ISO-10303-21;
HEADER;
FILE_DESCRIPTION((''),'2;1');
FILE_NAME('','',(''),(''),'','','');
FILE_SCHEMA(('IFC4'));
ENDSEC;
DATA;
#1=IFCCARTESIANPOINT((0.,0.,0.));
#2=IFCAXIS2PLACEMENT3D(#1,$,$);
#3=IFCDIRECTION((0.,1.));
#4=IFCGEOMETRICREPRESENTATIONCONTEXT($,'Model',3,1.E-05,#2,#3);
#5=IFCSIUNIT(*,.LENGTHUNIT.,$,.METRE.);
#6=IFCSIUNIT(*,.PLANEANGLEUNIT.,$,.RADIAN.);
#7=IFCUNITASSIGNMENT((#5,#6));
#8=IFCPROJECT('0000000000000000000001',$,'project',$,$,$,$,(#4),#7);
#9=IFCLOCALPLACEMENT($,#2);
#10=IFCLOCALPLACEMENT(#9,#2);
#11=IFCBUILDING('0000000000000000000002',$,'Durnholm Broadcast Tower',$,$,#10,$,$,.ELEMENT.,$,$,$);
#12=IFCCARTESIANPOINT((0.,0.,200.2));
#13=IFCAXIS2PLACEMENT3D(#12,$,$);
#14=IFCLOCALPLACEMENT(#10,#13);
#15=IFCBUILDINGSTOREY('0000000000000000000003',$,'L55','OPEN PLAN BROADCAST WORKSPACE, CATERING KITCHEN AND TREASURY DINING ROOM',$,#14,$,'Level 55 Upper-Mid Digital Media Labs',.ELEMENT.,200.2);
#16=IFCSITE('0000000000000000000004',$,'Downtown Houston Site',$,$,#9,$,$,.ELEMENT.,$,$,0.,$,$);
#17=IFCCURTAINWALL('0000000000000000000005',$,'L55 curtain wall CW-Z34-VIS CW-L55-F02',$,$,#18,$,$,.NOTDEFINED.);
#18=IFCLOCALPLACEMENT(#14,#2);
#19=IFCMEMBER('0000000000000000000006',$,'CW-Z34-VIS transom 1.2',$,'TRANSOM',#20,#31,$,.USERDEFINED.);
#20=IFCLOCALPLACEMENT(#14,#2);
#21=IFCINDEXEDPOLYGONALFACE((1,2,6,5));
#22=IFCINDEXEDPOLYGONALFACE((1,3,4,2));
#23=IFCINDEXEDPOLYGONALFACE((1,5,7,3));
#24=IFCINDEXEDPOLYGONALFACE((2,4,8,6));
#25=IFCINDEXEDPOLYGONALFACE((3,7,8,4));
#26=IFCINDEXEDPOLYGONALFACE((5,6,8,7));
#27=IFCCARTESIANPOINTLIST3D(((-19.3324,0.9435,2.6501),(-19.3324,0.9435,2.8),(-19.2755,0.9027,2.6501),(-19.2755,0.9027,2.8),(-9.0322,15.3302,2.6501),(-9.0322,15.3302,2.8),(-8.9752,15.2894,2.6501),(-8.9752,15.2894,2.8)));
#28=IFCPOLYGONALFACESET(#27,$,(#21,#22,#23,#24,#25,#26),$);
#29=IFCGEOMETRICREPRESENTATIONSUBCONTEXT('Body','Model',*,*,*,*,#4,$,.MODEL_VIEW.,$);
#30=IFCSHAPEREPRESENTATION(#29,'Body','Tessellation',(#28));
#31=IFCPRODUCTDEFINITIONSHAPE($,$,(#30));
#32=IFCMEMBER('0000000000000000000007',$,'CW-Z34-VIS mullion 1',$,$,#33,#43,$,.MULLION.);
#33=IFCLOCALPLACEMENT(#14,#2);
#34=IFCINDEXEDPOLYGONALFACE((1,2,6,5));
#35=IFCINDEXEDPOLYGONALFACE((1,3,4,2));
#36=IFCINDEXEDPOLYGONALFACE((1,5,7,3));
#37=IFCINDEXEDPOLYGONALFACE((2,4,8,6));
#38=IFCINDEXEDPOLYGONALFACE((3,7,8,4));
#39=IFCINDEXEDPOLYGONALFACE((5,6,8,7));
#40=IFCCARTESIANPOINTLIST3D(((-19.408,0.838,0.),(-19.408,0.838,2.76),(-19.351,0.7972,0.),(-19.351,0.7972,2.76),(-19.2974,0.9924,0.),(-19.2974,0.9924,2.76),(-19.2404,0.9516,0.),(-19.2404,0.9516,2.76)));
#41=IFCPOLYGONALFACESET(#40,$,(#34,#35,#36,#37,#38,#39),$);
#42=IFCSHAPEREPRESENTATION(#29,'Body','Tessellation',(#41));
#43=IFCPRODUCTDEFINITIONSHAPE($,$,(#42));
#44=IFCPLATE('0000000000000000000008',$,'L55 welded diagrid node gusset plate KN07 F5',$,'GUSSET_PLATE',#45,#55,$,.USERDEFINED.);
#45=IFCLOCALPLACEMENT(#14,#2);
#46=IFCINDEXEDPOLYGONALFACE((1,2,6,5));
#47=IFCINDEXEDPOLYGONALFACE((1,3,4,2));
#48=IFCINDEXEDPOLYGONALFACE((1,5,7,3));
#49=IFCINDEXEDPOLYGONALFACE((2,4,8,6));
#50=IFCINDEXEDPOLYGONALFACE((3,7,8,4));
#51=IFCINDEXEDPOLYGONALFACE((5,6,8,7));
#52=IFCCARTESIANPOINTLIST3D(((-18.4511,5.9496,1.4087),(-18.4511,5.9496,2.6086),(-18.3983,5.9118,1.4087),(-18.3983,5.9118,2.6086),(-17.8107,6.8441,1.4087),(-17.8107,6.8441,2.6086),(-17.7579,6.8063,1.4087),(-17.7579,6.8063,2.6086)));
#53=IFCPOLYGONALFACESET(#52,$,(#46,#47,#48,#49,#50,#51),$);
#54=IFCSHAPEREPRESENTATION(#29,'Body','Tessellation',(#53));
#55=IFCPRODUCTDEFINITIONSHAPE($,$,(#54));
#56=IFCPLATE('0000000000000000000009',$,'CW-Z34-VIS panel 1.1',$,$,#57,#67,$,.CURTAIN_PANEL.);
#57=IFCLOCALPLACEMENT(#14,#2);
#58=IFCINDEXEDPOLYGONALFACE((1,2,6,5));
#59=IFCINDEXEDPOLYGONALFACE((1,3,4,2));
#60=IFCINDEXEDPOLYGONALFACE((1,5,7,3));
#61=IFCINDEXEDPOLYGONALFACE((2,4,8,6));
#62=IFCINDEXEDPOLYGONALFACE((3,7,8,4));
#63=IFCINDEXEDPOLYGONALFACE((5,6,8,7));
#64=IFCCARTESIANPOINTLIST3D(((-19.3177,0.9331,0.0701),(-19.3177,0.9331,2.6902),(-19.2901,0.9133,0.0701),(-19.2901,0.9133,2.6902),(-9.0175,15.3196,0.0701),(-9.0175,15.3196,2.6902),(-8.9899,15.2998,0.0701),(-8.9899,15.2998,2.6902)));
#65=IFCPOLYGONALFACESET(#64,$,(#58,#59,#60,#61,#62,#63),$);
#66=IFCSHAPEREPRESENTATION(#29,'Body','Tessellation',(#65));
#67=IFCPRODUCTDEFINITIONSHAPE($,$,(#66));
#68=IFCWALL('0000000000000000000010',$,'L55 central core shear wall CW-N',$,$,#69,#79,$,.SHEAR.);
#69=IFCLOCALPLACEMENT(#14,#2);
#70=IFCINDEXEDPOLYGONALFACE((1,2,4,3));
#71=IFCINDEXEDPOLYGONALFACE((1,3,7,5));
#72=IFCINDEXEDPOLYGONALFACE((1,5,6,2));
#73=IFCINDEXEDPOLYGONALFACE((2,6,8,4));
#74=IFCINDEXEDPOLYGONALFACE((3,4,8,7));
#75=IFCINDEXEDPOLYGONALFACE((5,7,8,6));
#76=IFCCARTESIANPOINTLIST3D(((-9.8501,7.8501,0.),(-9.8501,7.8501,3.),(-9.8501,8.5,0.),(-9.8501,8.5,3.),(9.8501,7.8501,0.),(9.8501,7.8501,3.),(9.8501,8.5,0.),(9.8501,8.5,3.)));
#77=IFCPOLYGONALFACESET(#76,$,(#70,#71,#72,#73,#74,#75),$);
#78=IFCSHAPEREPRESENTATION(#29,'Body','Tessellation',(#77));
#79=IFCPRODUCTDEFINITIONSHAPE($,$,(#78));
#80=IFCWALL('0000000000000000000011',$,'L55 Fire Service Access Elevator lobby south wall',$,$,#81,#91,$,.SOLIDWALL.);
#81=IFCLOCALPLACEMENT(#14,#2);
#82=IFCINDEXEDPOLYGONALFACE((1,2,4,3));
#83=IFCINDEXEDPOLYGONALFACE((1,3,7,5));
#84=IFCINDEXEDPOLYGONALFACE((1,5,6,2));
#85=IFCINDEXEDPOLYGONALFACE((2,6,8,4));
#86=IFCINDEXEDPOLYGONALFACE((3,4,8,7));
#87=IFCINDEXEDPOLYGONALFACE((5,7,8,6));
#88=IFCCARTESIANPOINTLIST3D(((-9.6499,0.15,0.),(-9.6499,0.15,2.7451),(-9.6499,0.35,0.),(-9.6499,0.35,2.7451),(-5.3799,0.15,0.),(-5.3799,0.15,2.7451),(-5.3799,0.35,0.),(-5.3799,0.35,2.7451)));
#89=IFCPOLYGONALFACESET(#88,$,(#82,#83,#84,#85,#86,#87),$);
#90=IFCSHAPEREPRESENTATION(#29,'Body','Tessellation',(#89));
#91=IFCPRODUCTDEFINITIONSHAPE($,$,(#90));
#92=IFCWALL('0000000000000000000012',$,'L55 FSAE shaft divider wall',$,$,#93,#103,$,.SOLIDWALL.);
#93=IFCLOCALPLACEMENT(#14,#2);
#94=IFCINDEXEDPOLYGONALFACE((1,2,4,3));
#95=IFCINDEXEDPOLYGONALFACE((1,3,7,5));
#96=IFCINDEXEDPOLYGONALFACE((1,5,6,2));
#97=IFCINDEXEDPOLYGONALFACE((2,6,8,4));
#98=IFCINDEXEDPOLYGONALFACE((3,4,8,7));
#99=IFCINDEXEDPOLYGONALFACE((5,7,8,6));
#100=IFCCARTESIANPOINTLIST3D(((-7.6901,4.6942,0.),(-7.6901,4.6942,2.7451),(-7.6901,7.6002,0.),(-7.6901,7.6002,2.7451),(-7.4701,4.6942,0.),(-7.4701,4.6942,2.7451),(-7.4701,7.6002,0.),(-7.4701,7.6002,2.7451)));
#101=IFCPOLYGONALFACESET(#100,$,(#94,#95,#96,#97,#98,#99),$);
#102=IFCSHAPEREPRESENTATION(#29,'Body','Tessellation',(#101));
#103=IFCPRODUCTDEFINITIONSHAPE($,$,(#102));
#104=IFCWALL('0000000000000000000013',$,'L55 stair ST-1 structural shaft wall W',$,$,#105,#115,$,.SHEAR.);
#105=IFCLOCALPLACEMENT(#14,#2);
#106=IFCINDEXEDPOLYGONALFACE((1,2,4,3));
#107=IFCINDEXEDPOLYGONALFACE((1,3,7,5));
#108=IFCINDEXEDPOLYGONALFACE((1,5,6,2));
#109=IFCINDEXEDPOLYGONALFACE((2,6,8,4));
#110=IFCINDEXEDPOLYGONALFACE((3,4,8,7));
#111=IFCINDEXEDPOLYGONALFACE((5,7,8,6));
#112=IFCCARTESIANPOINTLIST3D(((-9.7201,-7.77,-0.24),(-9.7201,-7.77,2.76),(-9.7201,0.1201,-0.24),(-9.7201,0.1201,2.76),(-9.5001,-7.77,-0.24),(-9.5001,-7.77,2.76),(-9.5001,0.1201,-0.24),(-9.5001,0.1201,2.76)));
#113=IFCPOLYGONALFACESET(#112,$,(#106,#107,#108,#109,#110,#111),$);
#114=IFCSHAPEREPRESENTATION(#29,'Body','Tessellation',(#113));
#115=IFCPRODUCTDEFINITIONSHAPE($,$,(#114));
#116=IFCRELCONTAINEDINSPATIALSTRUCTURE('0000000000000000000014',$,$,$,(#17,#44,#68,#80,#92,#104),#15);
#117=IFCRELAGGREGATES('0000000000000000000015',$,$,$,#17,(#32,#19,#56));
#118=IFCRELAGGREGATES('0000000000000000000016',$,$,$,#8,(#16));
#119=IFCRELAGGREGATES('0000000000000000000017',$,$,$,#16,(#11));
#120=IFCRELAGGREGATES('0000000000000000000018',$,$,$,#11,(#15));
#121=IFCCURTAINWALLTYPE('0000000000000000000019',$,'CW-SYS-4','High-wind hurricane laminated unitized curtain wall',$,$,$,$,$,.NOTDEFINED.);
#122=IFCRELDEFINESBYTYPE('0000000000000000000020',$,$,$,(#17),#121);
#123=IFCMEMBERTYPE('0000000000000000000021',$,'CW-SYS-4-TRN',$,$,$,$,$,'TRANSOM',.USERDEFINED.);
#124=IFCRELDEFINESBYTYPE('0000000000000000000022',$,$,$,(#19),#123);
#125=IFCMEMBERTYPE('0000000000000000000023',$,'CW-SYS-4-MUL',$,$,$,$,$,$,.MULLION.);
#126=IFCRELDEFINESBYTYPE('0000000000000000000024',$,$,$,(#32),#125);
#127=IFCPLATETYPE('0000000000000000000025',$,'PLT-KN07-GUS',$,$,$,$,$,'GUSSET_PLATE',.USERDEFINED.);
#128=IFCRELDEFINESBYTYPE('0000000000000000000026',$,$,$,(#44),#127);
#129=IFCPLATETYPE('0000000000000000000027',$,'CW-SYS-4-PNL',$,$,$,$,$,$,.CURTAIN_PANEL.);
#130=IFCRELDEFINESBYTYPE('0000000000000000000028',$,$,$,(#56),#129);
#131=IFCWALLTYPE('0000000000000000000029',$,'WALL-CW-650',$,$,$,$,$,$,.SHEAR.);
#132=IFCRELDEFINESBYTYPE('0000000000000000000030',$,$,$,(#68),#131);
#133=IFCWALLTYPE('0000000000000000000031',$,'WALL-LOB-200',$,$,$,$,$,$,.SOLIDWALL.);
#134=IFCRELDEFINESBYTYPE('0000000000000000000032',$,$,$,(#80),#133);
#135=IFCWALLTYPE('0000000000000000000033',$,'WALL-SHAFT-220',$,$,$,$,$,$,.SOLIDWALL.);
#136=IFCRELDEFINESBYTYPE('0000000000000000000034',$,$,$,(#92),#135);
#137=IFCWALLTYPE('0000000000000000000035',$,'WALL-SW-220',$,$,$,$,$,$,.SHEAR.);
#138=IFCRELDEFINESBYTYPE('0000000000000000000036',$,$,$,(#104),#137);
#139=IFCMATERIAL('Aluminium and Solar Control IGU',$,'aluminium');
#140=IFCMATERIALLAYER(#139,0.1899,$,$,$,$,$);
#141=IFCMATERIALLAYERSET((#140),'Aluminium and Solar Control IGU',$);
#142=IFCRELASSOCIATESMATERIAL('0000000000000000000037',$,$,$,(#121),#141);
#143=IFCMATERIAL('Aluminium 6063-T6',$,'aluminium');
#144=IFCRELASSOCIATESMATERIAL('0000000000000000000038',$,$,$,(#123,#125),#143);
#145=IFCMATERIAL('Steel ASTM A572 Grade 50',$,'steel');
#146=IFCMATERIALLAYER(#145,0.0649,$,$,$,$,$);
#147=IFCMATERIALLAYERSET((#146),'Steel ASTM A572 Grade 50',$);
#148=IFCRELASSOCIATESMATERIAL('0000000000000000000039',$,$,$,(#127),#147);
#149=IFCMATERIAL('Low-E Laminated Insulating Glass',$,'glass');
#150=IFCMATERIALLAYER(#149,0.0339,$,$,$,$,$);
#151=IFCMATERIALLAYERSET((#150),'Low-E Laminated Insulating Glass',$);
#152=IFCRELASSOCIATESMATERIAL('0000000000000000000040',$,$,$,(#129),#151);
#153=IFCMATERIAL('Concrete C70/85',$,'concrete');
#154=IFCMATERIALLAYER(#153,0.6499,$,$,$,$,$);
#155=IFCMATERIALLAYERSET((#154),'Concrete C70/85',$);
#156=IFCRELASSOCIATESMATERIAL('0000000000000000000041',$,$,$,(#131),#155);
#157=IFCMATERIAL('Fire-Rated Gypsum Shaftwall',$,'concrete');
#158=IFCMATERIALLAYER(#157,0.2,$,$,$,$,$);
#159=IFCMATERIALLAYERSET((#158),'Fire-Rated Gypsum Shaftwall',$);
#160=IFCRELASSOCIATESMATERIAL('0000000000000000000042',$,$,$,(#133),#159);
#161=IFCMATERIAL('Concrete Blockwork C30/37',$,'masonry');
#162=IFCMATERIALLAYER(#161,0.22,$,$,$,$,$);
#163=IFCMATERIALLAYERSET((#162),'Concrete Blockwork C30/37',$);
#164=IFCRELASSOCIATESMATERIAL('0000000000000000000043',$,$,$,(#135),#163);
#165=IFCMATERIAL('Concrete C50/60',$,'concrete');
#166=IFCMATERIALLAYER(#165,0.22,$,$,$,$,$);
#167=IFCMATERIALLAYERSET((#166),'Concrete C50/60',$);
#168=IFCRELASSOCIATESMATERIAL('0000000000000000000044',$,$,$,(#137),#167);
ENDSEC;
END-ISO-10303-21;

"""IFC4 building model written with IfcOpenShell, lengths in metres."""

from ifc_helpers import new_model, si_unit, direction, frame, frame_2d, origin, origin_2d, place, context, subcontext, project, spatial, rectangle, extrude, source, transform, mapped, material, layer, layer_set, material_profile, profile_set, type_object, type_shapes, element, aggregate, save


model = new_model("IFC4")

# Units and contexts
model_context = context("Model", 3, precision=1e-05, world=origin(), true_north=direction((0.0, 1.0)))
body_context = subcontext(model_context, "Body", "Model", "MODEL_VIEW")
ifc_project = project(units=[si_unit("LENGTHUNIT", "METRE"), si_unit("PLANEANGLEUNIT", "RADIAN")], contexts=[model_context])

# Site, building, storey
site_placement = place(None, origin())
site = spatial("IfcSite", under=ifc_project, at=site_placement, Name="Downtown Houston Site", CompositionType="ELEMENT", RefElevation=0.0)
building_placement = place(site_placement, origin())
building = spatial("IfcBuilding", under=site, at=building_placement, Name="Durnholm Broadcast Tower", CompositionType="ELEMENT")
storey_placement = place(building_placement, frame((0.0, 0.0, 200.2)))
storey = spatial("IfcBuildingStorey", under=building, at=storey_placement, Name="L55", Description="OPEN PLAN BROADCAST WORKSPACE, CATERING KITCHEN AND TREASURY DINING ROOM", LongName="Level 55 Upper-Mid Digital Media Labs", CompositionType="ELEMENT", Elevation=200.2)

# Shared definitions
ifc_material_1 = material(Name="Concrete C70/85", Category="concrete")

# Shared definitions
ifc_material_2 = material(Name="Aluminium and Solar Control IGU", Category="aluminium")
ifc_material_3 = material(Name="Aluminium 6063-T6", Category="aluminium")

# Curtain wall, members
ifc_layer_1 = layer(ifc_material_2, 0.1899)
ifc_layer_set_1 = layer_set([ifc_layer_1], Name="Aluminium and Solar Control IGU")
curtain_wall_type_1 = type_object("IfcCurtainWallType", Name="CW-SYS-4", Description="High-wind hurricane laminated unitized curtain wall", PredefinedType="NOTDEFINED", material=ifc_layer_set_1)
curtain_wall_1_placement = place(storey_placement, origin())
curtain_wall_1 = element("IfcCurtainWall", 1, at=curtain_wall_1_placement, inside=storey, type_object=curtain_wall_type_1, Name="L55 curtain wall CW-Z34-VIS CW-L55-F02", PredefinedType="NOTDEFINED")
ifc_material_profile_1 = material_profile(ifc_material_3, rectangle(XDim=0.0701, YDim=0.1499, at=origin_2d()), Name="CWT70X150")
ifc_profile_set_1 = profile_set([ifc_material_profile_1], Name="Aluminium 6063-T6")
member_type_1 = type_object("IfcMemberType", Name="CW-SYS-4-TRN", ElementType="TRANSOM", PredefinedType="USERDEFINED", material=ifc_profile_set_1)
shared_shape_1 = source(origin(), body_context, "Body", "SweptSolid", [
    extrude(rectangle(XDim=0.0701, YDim=0.1499, at=origin_2d()), origin(), (0.0, 0.0, 1.0), 17.6938),
])
type_shapes(member_type_1, [shared_shape_1])
member_1_placement = place(storey_placement, frame((-19.304, 0.9231, 2.7251), z_axis=(0.582138, 0.81309, 0.0), x_axis=(-0.81309, 0.582138, 0.0)))
member_1 = element("IfcMember", 2, at=member_1_placement, type_object=member_type_1, Name="CW-Z34-VIS transom 1.2", ObjectType="TRANSOM", PredefinedType="USERDEFINED", context=body_context, shape_type="MappedRepresentation", body=[
    mapped(shared_shape_1, transform((0.0, 0.0, 0.0), x_axis=(1.0, 0.0, 0.0), y_axis=(0.0, 1.0, 0.0), z_axis=(0.0, 0.0, 1.0), scale=1.0)),
])
ifc_material_profile_2 = material_profile(ifc_material_3, rectangle(XDim=0.0701, YDim=0.1899, at=origin_2d()), Name="CWM70X190")
ifc_profile_set_2 = profile_set([ifc_material_profile_2], Name="Aluminium 6063-T6")
member_type_2 = type_object("IfcMemberType", Name="CW-SYS-4-MUL", PredefinedType="MULLION", material=ifc_profile_set_2)
shared_shape_2 = source(origin(), body_context, "Body", "SweptSolid", [
    extrude(rectangle(XDim=0.0701, YDim=0.1899, at=origin_2d()), origin(), (0.0, 0.0, 1.0), 2.76),
])
type_shapes(member_type_2, [shared_shape_2])
member_2_placement = place(storey_placement, frame((-19.3242, 0.8948, 0.0), z_axis=(0.0, 0.0, 1.0), x_axis=(-0.813089, 0.582139, 0.0)))
member_2 = element("IfcMember", 3, at=member_2_placement, type_object=member_type_2, Name="CW-Z34-VIS mullion 1", PredefinedType="MULLION", context=body_context, shape_type="MappedRepresentation", body=[
    mapped(shared_shape_2, transform((0.0, 0.0, 0.0), x_axis=(1.0, 0.0, 0.0), y_axis=(0.0, 1.0, 0.0), z_axis=(0.0, 0.0, 1.0), scale=1.0)),
])

# Plates
ifc_material_4 = material(Name="Steel ASTM A572 Grade 50", Category="steel")
ifc_layer_2 = layer(ifc_material_4, 0.0649)
ifc_layer_set_2 = layer_set([ifc_layer_2], Name="Steel ASTM A572 Grade 50")
plate_type_1 = type_object("IfcPlateType", Name="PLT-KN07-GUS", ElementType="GUSSET_PLATE", PredefinedType="USERDEFINED", material=ifc_layer_set_2)
shared_shape_3 = source(origin(), body_context, "Body", "SweptSolid", [
    extrude(rectangle(XDim=1.1001, YDim=0.0649, at=origin_2d()), origin(), (0.0, 0.0, 1.0), 1.2),
])
type_shapes(plate_type_1, [shared_shape_3])
plate_1_placement = place(storey_placement, frame((-18.1045, 6.3779, 1.4087), z_axis=(0.0, 0.0, 1.0), x_axis=(-0.582123, -0.813101, 0.0)))
element("IfcPlate", 4, at=plate_1_placement, inside=storey, type_object=plate_type_1, Name="L55 welded diagrid node gusset plate KN07 F5", ObjectType="GUSSET_PLATE", PredefinedType="USERDEFINED", context=body_context, shape_type="MappedRepresentation", body=[
    mapped(shared_shape_3, transform((0.0, 0.0, 0.0), x_axis=(1.0, 0.0, 0.0), y_axis=(0.0, 1.0, 0.0), z_axis=(0.0, 0.0, 1.0), scale=1.0)),
])
ifc_material_5 = material(Name="Low-E Laminated Insulating Glass", Category="glass")
ifc_layer_3 = layer(ifc_material_5, 0.0339)
ifc_layer_set_3 = layer_set([ifc_layer_3], Name="Low-E Laminated Insulating Glass")
plate_type_2 = type_object("IfcPlateType", Name="CW-SYS-4-PNL", PredefinedType="CURTAIN_PANEL", material=ifc_layer_set_3)
shared_shape_4 = source(origin(), body_context, "Body", "SweptSolid", [
    extrude(rectangle(XDim=17.6936, YDim=0.0339, at=origin_2d()), origin(), (0.0, 0.0, 1.0), 2.6201),
])
type_shapes(plate_type_2, [shared_shape_4])
plate_2_placement = place(storey_placement, frame((-14.1538, 8.1165, 0.0701), z_axis=(0.0, 0.0, 1.0), x_axis=(0.582139, 0.813089, 0.0)))
plate_2 = element("IfcPlate", 5, at=plate_2_placement, type_object=plate_type_2, Name="CW-Z34-VIS panel 1.1", PredefinedType="CURTAIN_PANEL", context=body_context, shape_type="MappedRepresentation", body=[
    mapped(shared_shape_4, transform((0.0, 0.0, 0.0), x_axis=(1.0, 0.0, 0.0), y_axis=(0.0, 1.0, 0.0), z_axis=(0.0, 0.0, 1.0), scale=1.0)),
])
aggregate(curtain_wall_1, [member_2, member_1, plate_2])

# Walls
ifc_layer_4 = layer(ifc_material_1, 0.6499)
ifc_layer_set_4 = layer_set([ifc_layer_4], Name="Concrete C70/85")
wall_type_1 = type_object("IfcWallType", Name="WALL-CW-650", PredefinedType="SHEAR", material=ifc_layer_set_4)
wall_1_placement = place(storey_placement, frame((-9.8501, 8.175, 0.0), z_axis=(0.0, 0.0, 1.0), x_axis=(1.0, 0.0, 0.0)))
element("IfcWall", 6, at=wall_1_placement, inside=storey, type_object=wall_type_1, Name="L55 central core shear wall CW-N", PredefinedType="SHEAR", context=body_context, shape_type="SweptSolid", body=[
    extrude(rectangle(XDim=19.7002, YDim=0.6499, at=frame_2d((9.8501, 0.0))), origin(), (0.0, 0.0, 1.0), 3.0),
])
ifc_material_6 = material(Name="Fire-Rated Gypsum Shaftwall", Category="concrete")
ifc_layer_5 = layer(ifc_material_6, 0.2)
ifc_layer_set_5 = layer_set([ifc_layer_5], Name="Fire-Rated Gypsum Shaftwall")
wall_type_2 = type_object("IfcWallType", Name="WALL-LOB-200", PredefinedType="SOLIDWALL", material=ifc_layer_set_5)
wall_2_placement = place(storey_placement, frame((-9.6499, 0.25, 0.0), z_axis=(0.0, 0.0, 1.0), x_axis=(1.0, 0.0, 0.0)))
element("IfcWall", 7, at=wall_2_placement, inside=storey, type_object=wall_type_2, Name="L55 Fire Service Access Elevator lobby south wall", PredefinedType="SOLIDWALL", context=body_context, shape_type="SweptSolid", body=[
    extrude(rectangle(XDim=4.27, YDim=0.2, at=frame_2d((2.135, 0.0))), origin(), (0.0, 0.0, 1.0), 2.7451),
])

# Shared definitions
ifc_material_7 = material(Name="Concrete Blockwork C30/37", Category="masonry")
ifc_layer_6 = layer(ifc_material_7, 0.22)
ifc_layer_set_6 = layer_set([ifc_layer_6], Name="Concrete Blockwork C30/37")
wall_type_3 = type_object("IfcWallType", Name="WALL-SHAFT-220", PredefinedType="SOLIDWALL", material=ifc_layer_set_6)

# Walls
wall_3_placement = place(storey_placement, frame((-7.5801, 4.6941, 0.0), z_axis=(0.0, 0.0, 1.0), x_axis=(0.0, 1.0, 0.0)))
element("IfcWall", 8, at=wall_3_placement, inside=storey, type_object=wall_type_3, Name="L55 FSAE shaft divider wall", PredefinedType="SOLIDWALL", context=body_context, shape_type="SweptSolid", body=[
    extrude(rectangle(XDim=2.906, YDim=0.22, at=frame_2d((1.4531, 0.0))), origin(), (0.0, 0.0, 1.0), 2.7451),
])
ifc_material_8 = material(Name="Concrete C50/60", Category="concrete")
ifc_layer_7 = layer(ifc_material_8, 0.22)
ifc_layer_set_7 = layer_set([ifc_layer_7], Name="Concrete C50/60")
wall_type_4 = type_object("IfcWallType", Name="WALL-SW-220", PredefinedType="SHEAR", material=ifc_layer_set_7)
wall_4_placement = place(storey_placement, frame((-9.6101, 0.1201, -0.24), z_axis=(0.0, 0.0, 1.0), x_axis=(0.0, -1.0, 0.0)))
element("IfcWall", 9, at=wall_4_placement, inside=storey, type_object=wall_type_4, Name="L55 stair ST-1 structural shaft wall W", PredefinedType="SHEAR", context=body_context, shape_type="SweptSolid", body=[
    extrude(rectangle(XDim=7.8901, YDim=0.22, at=frame_2d((3.9451, 0.0))), origin(), (0.0, 0.0, 1.0), 3.0),
])

save(model, "model.ifc")
